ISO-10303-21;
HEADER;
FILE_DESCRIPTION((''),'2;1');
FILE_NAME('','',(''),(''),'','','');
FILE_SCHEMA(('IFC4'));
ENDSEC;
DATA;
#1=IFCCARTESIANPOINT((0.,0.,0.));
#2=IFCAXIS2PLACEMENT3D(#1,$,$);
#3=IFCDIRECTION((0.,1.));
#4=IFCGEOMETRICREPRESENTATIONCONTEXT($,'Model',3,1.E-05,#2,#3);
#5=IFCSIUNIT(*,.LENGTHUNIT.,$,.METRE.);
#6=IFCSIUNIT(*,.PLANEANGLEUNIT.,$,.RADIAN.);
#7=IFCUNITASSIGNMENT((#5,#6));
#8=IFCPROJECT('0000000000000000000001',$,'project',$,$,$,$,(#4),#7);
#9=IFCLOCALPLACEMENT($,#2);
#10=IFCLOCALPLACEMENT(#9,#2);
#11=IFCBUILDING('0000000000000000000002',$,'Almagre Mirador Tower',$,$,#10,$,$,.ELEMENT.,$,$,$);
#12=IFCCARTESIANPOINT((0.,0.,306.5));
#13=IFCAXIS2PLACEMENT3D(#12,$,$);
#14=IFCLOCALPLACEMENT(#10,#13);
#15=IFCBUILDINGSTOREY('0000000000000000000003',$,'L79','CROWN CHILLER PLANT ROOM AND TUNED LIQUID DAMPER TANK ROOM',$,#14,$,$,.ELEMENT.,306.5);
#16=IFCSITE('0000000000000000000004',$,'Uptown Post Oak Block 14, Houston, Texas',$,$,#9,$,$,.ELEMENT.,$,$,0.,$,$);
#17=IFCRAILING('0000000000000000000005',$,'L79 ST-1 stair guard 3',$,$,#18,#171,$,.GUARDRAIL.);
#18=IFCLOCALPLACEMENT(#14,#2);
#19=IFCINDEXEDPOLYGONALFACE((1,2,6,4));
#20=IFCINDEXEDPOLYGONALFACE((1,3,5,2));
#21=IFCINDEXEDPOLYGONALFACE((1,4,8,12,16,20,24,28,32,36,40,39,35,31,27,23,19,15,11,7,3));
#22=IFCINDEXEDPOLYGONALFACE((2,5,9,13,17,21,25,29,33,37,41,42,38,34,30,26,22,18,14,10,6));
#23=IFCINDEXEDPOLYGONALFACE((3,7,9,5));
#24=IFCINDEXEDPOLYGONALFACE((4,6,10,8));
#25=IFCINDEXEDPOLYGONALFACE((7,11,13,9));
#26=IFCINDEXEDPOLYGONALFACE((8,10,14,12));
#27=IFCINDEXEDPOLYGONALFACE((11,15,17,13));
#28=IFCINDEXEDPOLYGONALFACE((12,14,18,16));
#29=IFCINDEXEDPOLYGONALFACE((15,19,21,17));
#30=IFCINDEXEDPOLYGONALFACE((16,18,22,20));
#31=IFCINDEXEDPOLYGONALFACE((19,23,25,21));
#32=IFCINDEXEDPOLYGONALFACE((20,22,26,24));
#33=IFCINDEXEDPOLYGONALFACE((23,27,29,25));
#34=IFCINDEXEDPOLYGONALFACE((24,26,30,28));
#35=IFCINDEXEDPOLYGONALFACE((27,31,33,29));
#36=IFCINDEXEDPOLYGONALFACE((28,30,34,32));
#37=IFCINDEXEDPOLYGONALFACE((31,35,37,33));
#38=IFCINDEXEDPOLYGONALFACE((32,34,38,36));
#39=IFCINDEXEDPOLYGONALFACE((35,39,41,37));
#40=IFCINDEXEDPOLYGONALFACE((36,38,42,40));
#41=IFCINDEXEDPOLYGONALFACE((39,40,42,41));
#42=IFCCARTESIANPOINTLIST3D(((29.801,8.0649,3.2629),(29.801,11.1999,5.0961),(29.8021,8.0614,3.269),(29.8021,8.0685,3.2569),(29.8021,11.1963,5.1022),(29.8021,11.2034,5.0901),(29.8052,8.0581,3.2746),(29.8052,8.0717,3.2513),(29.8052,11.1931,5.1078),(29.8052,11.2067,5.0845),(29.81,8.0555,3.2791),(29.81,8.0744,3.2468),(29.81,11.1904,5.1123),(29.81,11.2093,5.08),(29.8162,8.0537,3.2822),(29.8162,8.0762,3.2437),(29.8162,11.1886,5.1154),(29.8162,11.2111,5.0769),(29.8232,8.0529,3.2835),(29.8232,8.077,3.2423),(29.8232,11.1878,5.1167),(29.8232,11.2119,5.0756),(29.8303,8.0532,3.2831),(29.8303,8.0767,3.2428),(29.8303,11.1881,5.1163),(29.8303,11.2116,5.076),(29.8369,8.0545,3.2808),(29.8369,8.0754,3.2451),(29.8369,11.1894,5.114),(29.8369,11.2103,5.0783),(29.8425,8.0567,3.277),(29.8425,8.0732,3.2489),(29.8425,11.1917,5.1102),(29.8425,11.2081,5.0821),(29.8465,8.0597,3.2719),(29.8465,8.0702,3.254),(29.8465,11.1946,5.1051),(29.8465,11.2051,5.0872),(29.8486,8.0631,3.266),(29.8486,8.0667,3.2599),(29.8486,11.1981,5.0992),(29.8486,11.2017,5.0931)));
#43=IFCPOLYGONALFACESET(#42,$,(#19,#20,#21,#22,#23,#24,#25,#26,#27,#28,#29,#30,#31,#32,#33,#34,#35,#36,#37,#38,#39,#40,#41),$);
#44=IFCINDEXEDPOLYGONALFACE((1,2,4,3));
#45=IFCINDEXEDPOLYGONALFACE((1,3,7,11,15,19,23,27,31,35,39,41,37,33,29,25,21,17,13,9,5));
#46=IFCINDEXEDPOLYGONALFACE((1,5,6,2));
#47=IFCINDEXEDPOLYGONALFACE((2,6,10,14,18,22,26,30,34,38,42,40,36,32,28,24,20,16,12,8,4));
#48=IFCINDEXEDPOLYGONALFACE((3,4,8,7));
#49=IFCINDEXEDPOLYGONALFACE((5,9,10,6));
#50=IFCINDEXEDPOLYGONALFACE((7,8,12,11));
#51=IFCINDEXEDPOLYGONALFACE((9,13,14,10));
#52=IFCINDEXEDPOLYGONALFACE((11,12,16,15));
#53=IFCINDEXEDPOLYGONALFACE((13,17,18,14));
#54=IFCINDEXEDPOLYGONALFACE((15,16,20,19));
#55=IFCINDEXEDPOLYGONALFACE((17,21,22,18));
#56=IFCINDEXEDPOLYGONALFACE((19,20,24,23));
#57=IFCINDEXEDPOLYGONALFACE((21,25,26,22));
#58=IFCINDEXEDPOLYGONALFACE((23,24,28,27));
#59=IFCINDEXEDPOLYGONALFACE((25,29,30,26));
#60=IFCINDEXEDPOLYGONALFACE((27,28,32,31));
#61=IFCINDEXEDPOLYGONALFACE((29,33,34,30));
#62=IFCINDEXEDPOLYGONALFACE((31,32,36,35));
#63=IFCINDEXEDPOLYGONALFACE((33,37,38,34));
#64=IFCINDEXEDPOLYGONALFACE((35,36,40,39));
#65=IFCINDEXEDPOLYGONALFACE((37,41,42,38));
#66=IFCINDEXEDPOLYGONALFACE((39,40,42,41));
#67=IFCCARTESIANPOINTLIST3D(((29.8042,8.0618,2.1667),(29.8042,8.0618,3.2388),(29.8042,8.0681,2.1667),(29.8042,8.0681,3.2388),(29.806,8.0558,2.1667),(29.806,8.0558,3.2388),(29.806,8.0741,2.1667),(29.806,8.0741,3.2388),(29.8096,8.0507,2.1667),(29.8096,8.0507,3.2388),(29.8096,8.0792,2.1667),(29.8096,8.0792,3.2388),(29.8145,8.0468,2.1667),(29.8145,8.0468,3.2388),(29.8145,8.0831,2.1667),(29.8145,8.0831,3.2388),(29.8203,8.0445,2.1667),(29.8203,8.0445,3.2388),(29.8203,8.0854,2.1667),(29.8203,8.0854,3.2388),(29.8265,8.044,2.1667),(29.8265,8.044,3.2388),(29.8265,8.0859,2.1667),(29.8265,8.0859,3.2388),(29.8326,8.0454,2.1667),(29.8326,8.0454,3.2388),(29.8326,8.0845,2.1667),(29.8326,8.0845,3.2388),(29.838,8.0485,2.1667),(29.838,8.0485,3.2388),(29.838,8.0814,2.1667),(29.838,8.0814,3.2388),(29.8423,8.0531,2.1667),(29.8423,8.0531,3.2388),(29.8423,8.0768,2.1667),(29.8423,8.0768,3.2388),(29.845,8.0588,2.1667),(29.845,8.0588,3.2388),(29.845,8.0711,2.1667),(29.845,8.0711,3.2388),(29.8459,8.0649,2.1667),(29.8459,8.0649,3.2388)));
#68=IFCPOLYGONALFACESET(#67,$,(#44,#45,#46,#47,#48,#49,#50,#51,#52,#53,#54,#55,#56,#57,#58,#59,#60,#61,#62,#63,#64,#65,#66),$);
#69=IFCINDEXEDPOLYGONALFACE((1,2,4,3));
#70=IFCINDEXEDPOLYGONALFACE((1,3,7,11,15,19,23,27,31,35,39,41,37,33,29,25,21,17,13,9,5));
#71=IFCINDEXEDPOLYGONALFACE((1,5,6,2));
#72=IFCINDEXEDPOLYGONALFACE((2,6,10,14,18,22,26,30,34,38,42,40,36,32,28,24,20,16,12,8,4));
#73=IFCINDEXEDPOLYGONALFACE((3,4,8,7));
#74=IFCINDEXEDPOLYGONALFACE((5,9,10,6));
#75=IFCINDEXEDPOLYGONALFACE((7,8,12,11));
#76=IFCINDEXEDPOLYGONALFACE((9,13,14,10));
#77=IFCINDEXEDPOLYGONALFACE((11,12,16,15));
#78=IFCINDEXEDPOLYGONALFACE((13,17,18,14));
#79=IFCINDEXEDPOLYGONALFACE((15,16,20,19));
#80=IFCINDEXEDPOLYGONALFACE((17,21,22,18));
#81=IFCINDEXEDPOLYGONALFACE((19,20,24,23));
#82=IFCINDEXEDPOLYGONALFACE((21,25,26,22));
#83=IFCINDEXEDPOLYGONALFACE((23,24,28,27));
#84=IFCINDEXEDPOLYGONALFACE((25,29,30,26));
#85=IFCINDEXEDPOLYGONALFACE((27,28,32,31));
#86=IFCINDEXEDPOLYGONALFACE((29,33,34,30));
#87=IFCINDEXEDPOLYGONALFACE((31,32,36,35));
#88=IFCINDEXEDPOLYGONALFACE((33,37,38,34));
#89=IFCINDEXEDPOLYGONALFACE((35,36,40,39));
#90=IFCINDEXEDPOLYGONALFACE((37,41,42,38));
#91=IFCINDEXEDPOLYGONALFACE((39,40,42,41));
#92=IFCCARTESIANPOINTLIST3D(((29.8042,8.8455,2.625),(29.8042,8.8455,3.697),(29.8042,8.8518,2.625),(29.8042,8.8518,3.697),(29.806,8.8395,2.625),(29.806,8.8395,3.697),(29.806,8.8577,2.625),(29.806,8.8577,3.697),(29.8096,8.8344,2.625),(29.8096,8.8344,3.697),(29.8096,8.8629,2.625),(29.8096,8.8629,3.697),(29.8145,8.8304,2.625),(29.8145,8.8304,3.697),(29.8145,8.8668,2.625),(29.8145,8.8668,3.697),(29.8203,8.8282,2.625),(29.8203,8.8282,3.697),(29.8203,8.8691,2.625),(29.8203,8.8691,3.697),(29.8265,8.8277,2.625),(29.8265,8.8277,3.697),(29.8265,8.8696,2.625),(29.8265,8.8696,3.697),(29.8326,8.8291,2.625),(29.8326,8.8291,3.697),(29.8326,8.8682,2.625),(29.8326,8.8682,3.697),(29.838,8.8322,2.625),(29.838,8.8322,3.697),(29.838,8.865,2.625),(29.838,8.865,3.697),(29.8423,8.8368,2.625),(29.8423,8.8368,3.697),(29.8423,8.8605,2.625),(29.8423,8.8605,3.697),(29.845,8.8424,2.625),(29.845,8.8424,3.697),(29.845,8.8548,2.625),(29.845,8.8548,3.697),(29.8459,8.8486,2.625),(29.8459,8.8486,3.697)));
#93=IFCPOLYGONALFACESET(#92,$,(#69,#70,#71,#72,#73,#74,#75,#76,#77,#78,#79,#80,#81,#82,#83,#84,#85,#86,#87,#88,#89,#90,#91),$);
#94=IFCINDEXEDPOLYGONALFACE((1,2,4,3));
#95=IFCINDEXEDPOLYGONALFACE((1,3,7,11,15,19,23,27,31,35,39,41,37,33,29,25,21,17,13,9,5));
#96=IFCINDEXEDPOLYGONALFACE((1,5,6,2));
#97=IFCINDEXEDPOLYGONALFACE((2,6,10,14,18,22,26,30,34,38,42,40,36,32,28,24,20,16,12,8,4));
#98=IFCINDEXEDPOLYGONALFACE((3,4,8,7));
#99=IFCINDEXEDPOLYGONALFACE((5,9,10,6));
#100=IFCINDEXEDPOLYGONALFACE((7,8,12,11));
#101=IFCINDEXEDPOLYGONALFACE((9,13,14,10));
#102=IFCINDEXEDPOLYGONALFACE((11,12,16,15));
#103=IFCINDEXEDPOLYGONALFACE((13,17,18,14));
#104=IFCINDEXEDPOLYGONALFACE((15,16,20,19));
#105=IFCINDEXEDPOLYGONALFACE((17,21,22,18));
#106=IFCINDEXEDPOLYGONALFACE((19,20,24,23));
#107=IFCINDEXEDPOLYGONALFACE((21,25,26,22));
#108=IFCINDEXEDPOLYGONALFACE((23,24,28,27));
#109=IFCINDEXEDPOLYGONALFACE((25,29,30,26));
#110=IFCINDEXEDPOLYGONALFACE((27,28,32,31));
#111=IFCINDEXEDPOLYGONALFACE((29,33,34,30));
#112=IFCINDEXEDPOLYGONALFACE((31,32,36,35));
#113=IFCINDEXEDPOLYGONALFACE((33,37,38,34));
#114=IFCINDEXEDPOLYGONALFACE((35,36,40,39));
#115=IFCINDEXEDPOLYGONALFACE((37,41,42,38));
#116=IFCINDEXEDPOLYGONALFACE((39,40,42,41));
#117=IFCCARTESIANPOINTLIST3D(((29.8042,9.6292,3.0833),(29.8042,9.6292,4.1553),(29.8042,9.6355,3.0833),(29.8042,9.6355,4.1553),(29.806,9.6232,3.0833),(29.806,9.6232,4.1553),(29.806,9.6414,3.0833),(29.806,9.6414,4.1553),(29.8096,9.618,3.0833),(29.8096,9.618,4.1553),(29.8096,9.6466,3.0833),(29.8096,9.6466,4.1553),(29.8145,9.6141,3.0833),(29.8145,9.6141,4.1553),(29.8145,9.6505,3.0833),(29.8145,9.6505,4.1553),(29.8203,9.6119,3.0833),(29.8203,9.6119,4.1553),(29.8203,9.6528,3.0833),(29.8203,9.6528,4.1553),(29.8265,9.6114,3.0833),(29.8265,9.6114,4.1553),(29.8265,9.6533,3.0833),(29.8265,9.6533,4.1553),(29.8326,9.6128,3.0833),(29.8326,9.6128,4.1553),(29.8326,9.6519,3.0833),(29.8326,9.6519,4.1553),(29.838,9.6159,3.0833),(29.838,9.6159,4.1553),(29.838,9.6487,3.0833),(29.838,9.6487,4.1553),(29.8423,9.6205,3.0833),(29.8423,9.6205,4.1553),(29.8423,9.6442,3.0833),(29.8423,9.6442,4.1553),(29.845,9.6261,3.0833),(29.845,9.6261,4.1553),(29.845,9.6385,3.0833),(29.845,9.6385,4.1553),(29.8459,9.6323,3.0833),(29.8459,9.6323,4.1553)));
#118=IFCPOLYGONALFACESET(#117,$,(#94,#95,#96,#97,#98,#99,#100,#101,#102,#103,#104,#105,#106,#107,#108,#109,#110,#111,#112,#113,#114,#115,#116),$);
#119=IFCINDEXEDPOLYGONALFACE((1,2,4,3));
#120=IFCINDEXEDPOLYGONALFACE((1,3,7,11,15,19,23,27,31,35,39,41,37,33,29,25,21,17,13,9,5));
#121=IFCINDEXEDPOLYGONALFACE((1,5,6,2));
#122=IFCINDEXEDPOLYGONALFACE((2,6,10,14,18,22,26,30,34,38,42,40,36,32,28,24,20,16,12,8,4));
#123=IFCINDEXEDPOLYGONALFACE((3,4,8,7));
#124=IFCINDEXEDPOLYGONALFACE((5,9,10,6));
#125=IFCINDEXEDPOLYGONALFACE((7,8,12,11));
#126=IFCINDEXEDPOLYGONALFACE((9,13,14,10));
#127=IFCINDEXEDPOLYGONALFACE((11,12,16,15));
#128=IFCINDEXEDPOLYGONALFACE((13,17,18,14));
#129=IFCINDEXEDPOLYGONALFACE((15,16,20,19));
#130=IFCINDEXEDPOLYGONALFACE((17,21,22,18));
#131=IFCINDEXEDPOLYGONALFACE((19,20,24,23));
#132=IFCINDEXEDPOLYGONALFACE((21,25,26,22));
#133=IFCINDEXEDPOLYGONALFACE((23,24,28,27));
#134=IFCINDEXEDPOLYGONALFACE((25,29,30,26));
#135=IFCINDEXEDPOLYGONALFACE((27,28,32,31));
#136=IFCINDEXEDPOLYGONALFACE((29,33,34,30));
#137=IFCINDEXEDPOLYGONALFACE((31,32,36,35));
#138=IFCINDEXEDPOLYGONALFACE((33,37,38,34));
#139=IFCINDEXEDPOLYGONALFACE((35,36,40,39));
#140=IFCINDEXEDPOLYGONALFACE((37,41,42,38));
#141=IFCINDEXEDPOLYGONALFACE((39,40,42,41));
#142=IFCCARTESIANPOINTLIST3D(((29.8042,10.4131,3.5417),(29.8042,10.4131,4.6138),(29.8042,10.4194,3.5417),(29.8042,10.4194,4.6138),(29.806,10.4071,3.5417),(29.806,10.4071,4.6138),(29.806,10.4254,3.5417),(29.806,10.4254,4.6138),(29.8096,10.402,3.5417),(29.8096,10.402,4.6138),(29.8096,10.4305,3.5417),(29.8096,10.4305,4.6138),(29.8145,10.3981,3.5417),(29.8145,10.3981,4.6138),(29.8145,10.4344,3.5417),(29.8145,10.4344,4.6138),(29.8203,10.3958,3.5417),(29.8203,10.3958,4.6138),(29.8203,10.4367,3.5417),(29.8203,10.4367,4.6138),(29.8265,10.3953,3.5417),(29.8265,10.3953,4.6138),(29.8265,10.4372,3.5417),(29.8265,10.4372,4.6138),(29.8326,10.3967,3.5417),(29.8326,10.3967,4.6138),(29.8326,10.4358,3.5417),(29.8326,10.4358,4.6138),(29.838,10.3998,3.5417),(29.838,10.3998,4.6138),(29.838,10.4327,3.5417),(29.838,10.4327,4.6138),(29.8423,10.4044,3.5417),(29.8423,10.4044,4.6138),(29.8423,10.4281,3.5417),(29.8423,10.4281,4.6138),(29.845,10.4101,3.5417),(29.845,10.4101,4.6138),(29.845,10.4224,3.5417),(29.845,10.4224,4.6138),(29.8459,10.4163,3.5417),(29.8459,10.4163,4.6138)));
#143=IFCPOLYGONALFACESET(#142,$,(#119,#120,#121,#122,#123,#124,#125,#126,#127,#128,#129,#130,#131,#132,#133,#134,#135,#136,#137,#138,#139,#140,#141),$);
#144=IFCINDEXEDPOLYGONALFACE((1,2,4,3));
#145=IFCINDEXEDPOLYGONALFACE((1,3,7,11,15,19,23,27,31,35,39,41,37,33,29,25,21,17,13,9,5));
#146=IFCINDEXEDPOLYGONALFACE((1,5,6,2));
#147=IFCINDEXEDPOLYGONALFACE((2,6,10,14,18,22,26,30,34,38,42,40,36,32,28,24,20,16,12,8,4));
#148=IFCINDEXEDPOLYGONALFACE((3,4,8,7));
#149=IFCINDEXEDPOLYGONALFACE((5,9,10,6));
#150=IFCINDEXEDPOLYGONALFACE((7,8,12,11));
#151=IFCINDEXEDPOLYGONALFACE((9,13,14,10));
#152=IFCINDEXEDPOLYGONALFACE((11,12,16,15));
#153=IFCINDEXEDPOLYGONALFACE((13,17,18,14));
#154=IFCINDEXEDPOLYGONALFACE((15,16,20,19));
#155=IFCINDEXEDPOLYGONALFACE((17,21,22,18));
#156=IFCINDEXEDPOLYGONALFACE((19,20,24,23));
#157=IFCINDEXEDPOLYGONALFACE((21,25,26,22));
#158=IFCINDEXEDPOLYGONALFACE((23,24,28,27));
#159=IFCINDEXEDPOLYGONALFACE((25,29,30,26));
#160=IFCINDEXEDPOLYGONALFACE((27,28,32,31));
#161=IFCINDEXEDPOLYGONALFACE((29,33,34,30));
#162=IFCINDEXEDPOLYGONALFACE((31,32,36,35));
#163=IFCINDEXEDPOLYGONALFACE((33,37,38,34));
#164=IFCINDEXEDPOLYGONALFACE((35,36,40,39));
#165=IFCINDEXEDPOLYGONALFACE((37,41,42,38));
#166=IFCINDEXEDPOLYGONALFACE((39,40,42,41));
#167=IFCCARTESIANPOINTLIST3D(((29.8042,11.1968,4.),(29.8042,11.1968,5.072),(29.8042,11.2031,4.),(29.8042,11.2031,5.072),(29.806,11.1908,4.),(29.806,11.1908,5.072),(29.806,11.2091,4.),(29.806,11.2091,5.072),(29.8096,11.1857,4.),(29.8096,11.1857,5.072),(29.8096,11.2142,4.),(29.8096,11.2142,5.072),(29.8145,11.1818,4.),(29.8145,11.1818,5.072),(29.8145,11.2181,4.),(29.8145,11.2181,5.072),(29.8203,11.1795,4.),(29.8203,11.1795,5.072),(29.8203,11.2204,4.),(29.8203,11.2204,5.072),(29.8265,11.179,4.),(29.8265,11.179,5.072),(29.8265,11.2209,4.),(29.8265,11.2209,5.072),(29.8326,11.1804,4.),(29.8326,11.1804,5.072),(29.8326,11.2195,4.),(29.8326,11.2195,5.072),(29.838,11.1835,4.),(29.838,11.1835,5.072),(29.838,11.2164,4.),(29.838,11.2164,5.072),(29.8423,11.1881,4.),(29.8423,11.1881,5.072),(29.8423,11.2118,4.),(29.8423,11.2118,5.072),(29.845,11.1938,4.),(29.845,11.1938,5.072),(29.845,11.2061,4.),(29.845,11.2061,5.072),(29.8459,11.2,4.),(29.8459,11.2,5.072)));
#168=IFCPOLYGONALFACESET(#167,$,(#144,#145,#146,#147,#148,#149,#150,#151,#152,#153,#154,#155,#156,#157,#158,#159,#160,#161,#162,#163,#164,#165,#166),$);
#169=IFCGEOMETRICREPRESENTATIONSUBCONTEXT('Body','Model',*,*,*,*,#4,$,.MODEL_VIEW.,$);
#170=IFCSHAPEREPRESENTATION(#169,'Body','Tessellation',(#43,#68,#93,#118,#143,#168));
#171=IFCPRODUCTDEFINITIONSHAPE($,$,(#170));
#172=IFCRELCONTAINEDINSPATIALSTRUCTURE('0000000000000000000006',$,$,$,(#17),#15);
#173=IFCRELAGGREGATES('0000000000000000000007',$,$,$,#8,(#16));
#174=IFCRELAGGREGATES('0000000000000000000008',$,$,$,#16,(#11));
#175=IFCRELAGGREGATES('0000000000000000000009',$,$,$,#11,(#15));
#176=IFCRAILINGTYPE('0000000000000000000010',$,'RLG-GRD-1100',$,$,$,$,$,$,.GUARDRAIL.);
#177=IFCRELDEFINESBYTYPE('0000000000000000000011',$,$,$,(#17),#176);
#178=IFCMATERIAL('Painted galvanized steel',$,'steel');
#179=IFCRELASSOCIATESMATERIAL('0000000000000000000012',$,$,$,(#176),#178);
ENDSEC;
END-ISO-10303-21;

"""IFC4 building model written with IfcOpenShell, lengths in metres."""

from ifc_helpers import new_model, si_unit, direction, frame, origin, origin_2d, place, context, subcontext, project, spatial, circle, extrude, material, type_object, element, save


model = new_model("IFC4")

# Units and contexts
model_context = context("Model", 3, precision=1e-05, world=origin(), true_north=direction((0.0, 1.0)))
body_context = subcontext(model_context, "Body", "Model", "MODEL_VIEW")
ifc_project = project(units=[si_unit("LENGTHUNIT", "METRE"), si_unit("PLANEANGLEUNIT", "RADIAN")], contexts=[model_context])

# Site, building, storey
site_placement = place(None, origin())
site = spatial("IfcSite", under=ifc_project, at=site_placement, Name="Uptown Post Oak Block 14, Houston, Texas", CompositionType="ELEMENT", RefElevation=0.0)
building_placement = place(site_placement, origin())
building = spatial("IfcBuilding", under=site, at=building_placement, Name="Almagre Mirador Tower", CompositionType="ELEMENT")
storey_placement = place(building_placement, frame((0.0, 0.0, 306.5)))
storey = spatial("IfcBuildingStorey", under=building, at=storey_placement, Name="L79", Description="CROWN CHILLER PLANT ROOM AND TUNED LIQUID DAMPER TANK ROOM", CompositionType="ELEMENT", Elevation=306.5)

# Railing
ifc_material_1 = material(Name="Painted galvanized steel", Category="steel")
railing_type_1 = type_object("IfcRailingType", Name="RLG-GRD-1100", PredefinedType="GUARDRAIL", material=ifc_material_1)
railing_1_placement = place(storey_placement, frame((29.825, 8.0649, 2.1667)))
element("IfcRailing", 1, at=railing_1_placement, inside=storey, type_object=railing_type_1, Name="L79 ST-1 stair guard 3", PredefinedType="GUARDRAIL", context=body_context, shape_type="SweptSolid", body=[
    extrude(circle(Radius=0.0239, at=origin_2d()), frame((0.0, 0.0, 1.0962), z_axis=(0.0, 0.86324, 0.504794), x_axis=(-1.0, 0.0, 0.0)), (0.0, 0.0, 1.0), 3.6316),
    extrude(circle(Radius=0.021, at=origin_2d()), origin(), (0.0, 0.0, 1.0), 1.072),
    extrude(circle(Radius=0.021, at=origin_2d()), frame((0.0, 0.7837, 0.4583)), (0.0, 0.0, 1.0), 1.072),
    extrude(circle(Radius=0.021, at=origin_2d()), frame((0.0, 1.5674, 0.9165)), (0.0, 0.0, 1.0), 1.072),
    extrude(circle(Radius=0.021, at=origin_2d()), frame((0.0, 2.3513, 1.375)), (0.0, 0.0, 1.0), 1.072),
    extrude(circle(Radius=0.021, at=origin_2d()), frame((0.0, 3.135, 1.8333)), (0.0, 0.0, 1.0), 1.072),
])

save(model, "model.ifc")
